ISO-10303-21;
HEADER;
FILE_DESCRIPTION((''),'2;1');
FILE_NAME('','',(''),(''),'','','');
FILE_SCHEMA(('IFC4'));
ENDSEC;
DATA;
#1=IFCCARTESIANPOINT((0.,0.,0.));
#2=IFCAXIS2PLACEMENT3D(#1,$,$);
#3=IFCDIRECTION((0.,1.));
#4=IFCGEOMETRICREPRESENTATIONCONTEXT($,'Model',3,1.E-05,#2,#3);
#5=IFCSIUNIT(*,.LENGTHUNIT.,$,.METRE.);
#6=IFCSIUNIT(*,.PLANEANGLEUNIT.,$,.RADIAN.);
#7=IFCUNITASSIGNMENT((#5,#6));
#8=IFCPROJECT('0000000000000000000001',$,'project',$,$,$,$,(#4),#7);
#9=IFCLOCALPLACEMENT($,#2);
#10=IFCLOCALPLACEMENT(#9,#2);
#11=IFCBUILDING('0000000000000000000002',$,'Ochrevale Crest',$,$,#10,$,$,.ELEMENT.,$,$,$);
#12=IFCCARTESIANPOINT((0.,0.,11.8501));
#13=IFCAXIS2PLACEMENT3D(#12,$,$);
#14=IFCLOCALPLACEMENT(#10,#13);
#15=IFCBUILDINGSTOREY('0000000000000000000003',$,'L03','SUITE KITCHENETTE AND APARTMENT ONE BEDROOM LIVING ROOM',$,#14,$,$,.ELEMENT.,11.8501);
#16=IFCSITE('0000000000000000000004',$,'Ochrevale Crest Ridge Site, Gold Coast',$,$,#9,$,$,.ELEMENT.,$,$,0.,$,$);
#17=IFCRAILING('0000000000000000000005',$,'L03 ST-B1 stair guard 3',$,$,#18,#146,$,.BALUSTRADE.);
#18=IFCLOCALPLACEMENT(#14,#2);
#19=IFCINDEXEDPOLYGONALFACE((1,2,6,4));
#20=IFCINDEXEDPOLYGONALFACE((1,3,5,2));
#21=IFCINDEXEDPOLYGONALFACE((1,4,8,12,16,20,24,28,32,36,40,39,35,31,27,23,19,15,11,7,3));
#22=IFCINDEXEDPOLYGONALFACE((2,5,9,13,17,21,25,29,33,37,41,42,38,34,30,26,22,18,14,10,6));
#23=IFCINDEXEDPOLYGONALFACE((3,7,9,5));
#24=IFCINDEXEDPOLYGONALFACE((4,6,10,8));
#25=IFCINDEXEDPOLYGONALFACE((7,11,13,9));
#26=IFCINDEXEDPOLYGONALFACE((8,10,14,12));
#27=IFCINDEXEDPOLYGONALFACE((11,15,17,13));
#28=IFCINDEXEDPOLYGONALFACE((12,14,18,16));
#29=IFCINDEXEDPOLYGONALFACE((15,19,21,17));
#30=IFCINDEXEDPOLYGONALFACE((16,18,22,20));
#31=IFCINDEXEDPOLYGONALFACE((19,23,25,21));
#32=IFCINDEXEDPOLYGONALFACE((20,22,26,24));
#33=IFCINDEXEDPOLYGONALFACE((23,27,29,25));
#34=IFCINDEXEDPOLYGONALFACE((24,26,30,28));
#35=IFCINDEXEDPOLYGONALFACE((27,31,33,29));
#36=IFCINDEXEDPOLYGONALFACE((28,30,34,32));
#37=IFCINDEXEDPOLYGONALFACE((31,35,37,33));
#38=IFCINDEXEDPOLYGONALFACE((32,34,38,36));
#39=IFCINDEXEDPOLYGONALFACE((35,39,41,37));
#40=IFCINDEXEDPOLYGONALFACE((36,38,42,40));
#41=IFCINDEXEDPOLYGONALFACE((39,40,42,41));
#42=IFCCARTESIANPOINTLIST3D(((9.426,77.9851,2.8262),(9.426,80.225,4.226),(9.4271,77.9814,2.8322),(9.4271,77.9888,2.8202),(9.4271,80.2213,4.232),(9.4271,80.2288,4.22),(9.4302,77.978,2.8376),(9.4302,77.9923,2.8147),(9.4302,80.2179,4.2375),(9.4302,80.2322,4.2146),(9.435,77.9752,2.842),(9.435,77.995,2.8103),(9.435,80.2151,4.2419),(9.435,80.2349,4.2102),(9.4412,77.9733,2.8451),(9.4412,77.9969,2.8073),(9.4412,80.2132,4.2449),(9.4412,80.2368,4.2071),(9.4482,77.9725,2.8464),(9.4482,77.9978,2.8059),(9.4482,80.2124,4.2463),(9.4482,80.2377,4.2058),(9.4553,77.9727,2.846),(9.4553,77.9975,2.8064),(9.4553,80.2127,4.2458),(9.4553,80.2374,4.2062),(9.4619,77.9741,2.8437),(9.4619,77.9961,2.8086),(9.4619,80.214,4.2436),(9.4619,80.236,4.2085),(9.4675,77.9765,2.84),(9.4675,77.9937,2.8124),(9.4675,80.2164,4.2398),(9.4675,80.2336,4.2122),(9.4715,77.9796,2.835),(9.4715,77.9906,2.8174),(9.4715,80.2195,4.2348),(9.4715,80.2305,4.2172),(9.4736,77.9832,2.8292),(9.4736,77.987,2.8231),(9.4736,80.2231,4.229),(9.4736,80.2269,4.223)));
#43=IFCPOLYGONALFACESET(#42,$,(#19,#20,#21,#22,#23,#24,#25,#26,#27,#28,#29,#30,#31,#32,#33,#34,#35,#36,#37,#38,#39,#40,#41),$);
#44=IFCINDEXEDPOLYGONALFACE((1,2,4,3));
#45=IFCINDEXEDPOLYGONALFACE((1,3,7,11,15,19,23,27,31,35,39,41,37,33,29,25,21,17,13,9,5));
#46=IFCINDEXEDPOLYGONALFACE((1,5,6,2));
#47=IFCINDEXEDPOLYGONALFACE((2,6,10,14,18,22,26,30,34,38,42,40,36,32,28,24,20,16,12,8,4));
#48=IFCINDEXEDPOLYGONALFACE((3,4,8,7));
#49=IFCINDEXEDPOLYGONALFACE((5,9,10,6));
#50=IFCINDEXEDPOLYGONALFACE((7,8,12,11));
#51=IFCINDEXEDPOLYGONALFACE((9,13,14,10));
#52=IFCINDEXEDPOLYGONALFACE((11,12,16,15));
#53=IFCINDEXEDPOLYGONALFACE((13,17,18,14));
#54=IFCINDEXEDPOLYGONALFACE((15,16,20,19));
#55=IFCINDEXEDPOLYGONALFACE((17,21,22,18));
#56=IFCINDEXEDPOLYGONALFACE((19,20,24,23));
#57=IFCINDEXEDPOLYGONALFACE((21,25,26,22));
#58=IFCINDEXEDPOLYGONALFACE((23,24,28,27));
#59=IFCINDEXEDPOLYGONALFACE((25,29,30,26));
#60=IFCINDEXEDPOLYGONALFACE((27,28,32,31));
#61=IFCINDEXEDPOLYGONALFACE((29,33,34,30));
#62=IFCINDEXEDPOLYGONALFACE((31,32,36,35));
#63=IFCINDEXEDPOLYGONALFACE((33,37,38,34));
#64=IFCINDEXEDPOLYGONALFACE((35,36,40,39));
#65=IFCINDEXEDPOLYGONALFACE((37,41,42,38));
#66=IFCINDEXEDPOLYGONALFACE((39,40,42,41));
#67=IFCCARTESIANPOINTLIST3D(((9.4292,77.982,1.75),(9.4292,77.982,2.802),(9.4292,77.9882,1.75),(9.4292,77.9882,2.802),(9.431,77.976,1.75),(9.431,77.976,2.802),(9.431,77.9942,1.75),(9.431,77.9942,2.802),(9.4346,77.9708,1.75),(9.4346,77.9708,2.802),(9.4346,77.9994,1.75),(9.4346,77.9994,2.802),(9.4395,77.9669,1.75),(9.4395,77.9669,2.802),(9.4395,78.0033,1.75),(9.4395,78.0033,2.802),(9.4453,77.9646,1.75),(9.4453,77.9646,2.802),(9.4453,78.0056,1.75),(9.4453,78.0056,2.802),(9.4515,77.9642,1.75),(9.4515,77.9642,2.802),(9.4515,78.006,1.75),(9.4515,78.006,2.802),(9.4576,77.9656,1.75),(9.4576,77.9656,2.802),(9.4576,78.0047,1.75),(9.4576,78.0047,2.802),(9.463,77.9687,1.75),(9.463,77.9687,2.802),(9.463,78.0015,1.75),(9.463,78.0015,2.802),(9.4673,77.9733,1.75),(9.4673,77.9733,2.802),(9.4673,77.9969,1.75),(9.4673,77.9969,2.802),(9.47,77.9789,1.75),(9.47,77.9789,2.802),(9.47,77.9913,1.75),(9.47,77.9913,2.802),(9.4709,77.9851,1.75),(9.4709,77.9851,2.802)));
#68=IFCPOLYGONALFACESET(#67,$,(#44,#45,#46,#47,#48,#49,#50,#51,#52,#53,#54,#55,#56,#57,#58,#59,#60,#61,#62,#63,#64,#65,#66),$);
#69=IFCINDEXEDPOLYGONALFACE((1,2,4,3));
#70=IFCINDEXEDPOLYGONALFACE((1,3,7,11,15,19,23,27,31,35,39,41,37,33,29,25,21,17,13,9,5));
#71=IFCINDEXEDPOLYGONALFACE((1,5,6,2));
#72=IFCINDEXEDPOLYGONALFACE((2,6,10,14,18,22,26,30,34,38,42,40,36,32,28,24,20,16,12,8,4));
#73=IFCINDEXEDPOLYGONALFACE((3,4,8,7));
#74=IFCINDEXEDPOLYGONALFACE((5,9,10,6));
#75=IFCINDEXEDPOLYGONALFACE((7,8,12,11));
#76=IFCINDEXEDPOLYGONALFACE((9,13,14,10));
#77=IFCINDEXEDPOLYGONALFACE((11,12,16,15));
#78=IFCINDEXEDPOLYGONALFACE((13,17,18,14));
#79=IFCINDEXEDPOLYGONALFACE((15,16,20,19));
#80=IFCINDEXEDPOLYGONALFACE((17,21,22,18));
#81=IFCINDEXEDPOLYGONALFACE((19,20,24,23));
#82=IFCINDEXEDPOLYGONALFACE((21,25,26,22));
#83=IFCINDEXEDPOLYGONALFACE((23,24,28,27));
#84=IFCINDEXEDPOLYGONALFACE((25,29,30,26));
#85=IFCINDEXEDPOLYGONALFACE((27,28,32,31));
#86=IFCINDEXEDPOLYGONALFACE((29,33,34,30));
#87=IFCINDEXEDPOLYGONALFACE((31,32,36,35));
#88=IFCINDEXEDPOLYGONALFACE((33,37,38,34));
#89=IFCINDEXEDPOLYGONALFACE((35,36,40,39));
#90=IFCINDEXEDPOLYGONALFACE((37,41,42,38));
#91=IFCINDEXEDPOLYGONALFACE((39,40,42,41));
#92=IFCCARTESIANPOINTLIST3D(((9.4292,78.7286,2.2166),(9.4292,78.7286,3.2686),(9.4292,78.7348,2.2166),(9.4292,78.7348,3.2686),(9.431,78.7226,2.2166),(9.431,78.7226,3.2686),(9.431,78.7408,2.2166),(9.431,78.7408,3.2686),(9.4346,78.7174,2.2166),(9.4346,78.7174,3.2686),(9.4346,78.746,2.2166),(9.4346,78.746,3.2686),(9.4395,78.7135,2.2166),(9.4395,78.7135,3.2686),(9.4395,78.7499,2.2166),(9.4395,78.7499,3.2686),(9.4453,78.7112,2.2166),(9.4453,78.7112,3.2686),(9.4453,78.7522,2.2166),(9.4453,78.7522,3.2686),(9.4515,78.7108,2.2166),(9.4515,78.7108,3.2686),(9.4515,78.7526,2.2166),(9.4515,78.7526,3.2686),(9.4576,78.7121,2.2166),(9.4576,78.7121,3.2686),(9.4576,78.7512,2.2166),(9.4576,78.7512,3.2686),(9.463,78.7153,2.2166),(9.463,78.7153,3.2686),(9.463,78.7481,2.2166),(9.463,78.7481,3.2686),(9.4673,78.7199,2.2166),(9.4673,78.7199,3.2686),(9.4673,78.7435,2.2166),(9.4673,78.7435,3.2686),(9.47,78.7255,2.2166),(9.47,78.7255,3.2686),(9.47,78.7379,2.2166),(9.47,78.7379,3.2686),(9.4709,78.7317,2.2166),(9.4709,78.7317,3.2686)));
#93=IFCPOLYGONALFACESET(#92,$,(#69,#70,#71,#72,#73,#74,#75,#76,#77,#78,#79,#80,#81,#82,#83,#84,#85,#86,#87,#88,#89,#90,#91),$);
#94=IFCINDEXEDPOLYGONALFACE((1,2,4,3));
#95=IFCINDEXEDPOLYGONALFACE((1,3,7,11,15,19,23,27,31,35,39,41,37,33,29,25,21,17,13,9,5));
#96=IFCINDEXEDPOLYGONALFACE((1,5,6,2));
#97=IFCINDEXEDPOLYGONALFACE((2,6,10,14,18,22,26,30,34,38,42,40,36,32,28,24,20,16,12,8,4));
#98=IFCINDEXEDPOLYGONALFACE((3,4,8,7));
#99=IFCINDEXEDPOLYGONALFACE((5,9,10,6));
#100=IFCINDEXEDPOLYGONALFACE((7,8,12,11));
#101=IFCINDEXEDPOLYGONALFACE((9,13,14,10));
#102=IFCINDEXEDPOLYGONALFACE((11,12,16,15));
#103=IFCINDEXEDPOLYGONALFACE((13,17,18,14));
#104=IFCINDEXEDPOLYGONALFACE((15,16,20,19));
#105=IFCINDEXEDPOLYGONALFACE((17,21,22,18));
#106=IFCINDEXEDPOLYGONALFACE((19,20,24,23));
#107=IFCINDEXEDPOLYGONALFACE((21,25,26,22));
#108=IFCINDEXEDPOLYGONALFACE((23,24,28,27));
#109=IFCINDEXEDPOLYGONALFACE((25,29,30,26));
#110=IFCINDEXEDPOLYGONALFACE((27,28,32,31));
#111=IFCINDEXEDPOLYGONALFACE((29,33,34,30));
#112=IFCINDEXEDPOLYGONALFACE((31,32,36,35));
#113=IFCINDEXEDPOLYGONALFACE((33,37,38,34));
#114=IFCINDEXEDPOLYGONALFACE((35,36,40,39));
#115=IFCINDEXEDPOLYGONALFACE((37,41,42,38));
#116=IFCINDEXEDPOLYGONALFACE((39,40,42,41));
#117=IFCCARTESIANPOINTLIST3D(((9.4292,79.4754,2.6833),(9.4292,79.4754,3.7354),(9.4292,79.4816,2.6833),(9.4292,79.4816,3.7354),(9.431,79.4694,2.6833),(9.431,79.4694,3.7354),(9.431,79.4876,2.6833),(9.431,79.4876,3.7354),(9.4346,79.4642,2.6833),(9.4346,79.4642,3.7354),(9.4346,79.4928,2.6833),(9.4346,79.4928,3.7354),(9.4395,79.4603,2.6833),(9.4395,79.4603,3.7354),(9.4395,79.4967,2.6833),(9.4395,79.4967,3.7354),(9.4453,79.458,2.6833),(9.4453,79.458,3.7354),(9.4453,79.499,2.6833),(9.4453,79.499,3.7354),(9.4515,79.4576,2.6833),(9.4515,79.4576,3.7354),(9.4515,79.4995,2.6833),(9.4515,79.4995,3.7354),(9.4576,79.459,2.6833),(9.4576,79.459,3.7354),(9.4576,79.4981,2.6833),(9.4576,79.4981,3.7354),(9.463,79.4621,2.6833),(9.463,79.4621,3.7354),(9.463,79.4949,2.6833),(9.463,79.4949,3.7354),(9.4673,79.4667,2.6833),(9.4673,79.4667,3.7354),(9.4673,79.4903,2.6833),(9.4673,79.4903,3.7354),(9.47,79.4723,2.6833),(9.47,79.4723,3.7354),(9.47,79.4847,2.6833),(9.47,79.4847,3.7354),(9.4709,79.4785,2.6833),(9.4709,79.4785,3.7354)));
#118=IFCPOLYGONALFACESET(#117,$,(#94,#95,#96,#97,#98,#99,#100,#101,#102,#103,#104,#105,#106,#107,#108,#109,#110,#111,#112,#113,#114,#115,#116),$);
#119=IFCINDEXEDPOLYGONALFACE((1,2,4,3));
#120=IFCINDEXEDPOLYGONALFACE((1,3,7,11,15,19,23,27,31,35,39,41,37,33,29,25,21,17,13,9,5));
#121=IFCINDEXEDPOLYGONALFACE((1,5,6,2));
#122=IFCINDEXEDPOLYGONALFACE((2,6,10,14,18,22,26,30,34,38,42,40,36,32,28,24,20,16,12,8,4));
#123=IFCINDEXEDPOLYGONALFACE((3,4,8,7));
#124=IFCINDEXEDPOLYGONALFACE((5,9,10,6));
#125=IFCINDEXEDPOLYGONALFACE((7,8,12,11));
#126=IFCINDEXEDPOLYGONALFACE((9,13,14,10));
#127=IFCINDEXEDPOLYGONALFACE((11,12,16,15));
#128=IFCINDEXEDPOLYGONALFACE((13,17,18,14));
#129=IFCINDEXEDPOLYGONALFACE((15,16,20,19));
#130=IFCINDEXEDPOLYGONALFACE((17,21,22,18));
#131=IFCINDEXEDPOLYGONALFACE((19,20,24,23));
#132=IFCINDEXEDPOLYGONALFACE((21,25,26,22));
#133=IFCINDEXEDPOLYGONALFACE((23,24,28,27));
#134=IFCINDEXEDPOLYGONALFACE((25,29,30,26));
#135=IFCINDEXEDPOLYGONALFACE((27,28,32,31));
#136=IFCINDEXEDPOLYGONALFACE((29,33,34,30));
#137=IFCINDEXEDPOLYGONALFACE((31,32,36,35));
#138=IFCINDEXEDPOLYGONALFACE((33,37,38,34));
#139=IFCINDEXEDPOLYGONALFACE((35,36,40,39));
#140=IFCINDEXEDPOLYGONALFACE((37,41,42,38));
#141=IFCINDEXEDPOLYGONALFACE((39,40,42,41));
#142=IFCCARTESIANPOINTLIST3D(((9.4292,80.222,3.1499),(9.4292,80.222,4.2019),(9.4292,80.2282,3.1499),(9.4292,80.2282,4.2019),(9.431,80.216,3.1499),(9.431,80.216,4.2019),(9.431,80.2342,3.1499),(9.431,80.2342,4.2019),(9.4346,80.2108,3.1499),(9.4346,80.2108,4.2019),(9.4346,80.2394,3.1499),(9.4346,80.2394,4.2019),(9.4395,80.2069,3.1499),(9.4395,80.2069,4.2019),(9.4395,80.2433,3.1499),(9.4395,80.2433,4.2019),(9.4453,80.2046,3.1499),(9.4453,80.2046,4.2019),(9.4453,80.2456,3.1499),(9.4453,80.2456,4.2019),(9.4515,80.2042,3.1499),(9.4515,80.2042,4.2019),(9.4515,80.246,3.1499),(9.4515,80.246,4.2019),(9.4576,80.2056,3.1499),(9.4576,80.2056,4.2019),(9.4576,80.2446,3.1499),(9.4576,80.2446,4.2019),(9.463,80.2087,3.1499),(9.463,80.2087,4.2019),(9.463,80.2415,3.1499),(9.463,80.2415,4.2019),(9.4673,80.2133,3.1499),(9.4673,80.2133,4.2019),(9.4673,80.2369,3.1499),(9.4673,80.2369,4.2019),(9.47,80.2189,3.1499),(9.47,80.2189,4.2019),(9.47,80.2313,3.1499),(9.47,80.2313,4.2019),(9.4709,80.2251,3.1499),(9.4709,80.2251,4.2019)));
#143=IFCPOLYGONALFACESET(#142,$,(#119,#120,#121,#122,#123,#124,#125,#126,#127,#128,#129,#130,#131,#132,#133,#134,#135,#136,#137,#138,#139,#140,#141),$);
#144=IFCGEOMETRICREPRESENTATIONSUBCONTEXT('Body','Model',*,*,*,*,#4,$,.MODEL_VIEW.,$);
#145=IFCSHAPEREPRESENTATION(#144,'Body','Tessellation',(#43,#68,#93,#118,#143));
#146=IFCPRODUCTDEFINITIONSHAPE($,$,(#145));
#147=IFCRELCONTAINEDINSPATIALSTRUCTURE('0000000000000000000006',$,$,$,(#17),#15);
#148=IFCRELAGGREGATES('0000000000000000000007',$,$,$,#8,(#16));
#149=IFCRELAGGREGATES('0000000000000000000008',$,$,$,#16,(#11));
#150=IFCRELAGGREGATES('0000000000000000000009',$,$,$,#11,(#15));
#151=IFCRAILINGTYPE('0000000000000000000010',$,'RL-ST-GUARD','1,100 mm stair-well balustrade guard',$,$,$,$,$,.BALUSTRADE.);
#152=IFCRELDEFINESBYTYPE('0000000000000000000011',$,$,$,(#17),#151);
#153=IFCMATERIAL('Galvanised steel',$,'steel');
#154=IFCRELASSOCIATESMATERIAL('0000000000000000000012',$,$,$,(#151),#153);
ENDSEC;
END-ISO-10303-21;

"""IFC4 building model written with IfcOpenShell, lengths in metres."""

from ifc_helpers import new_model, si_unit, direction, frame, origin, origin_2d, place, context, subcontext, project, spatial, circle, extrude, material, type_object, element, save


model = new_model("IFC4")

# Units and contexts
model_context = context("Model", 3, precision=1e-05, world=origin(), true_north=direction((0.0, 1.0)))
body_context = subcontext(model_context, "Body", "Model", "MODEL_VIEW")
ifc_project = project(units=[si_unit("LENGTHUNIT", "METRE"), si_unit("PLANEANGLEUNIT", "RADIAN")], contexts=[model_context])

# Site, building, storey
site_placement = place(None, origin())
site = spatial("IfcSite", under=ifc_project, at=site_placement, Name="Ochrevale Crest Ridge Site, Gold Coast", CompositionType="ELEMENT", RefElevation=0.0)
building_placement = place(site_placement, origin())
building = spatial("IfcBuilding", under=site, at=building_placement, Name="Ochrevale Crest", CompositionType="ELEMENT")
storey_placement = place(building_placement, frame((0.0, 0.0, 11.8501)))
storey = spatial("IfcBuildingStorey", under=building, at=storey_placement, Name="L03", Description="SUITE KITCHENETTE AND APARTMENT ONE BEDROOM LIVING ROOM", CompositionType="ELEMENT", Elevation=11.8501)

# Railing
ifc_material_1 = material(Name="Galvanised steel", Category="steel")
railing_type_1 = type_object("IfcRailingType", Name="RL-ST-GUARD", Description="1,100 mm stair-well balustrade guard", PredefinedType="BALUSTRADE", material=ifc_material_1)
railing_1_placement = place(storey_placement, frame((9.45, 77.9851, 1.75)))
element("IfcRailing", 1, at=railing_1_placement, inside=storey, type_object=railing_type_1, Name="L03 ST-B1 stair guard 3", PredefinedType="BALUSTRADE", context=body_context, shape_type="SweptSolid", body=[
    extrude(circle(Radius=0.0239, at=origin_2d()), frame((0.0, 0.0, 1.0762), z_axis=(0.0, 0.848014, 0.529974), x_axis=(-1.0, 0.0, 0.0)), (0.0, 0.0, 1.0), 2.6414),
    extrude(circle(Radius=0.021, at=origin_2d()), origin(), (0.0, 0.0, 1.0), 1.052),
    extrude(circle(Radius=0.021, at=origin_2d()), frame((0.0, 0.7466, 0.4666)), (0.0, 0.0, 1.0), 1.052),
    extrude(circle(Radius=0.021, at=origin_2d()), frame((0.0, 1.4934, 0.9333)), (0.0, 0.0, 1.0), 1.052),
    extrude(circle(Radius=0.021, at=origin_2d()), frame((0.0, 2.24, 1.3999)), (0.0, 0.0, 1.0), 1.052),
])

save(model, "model.ifc")
